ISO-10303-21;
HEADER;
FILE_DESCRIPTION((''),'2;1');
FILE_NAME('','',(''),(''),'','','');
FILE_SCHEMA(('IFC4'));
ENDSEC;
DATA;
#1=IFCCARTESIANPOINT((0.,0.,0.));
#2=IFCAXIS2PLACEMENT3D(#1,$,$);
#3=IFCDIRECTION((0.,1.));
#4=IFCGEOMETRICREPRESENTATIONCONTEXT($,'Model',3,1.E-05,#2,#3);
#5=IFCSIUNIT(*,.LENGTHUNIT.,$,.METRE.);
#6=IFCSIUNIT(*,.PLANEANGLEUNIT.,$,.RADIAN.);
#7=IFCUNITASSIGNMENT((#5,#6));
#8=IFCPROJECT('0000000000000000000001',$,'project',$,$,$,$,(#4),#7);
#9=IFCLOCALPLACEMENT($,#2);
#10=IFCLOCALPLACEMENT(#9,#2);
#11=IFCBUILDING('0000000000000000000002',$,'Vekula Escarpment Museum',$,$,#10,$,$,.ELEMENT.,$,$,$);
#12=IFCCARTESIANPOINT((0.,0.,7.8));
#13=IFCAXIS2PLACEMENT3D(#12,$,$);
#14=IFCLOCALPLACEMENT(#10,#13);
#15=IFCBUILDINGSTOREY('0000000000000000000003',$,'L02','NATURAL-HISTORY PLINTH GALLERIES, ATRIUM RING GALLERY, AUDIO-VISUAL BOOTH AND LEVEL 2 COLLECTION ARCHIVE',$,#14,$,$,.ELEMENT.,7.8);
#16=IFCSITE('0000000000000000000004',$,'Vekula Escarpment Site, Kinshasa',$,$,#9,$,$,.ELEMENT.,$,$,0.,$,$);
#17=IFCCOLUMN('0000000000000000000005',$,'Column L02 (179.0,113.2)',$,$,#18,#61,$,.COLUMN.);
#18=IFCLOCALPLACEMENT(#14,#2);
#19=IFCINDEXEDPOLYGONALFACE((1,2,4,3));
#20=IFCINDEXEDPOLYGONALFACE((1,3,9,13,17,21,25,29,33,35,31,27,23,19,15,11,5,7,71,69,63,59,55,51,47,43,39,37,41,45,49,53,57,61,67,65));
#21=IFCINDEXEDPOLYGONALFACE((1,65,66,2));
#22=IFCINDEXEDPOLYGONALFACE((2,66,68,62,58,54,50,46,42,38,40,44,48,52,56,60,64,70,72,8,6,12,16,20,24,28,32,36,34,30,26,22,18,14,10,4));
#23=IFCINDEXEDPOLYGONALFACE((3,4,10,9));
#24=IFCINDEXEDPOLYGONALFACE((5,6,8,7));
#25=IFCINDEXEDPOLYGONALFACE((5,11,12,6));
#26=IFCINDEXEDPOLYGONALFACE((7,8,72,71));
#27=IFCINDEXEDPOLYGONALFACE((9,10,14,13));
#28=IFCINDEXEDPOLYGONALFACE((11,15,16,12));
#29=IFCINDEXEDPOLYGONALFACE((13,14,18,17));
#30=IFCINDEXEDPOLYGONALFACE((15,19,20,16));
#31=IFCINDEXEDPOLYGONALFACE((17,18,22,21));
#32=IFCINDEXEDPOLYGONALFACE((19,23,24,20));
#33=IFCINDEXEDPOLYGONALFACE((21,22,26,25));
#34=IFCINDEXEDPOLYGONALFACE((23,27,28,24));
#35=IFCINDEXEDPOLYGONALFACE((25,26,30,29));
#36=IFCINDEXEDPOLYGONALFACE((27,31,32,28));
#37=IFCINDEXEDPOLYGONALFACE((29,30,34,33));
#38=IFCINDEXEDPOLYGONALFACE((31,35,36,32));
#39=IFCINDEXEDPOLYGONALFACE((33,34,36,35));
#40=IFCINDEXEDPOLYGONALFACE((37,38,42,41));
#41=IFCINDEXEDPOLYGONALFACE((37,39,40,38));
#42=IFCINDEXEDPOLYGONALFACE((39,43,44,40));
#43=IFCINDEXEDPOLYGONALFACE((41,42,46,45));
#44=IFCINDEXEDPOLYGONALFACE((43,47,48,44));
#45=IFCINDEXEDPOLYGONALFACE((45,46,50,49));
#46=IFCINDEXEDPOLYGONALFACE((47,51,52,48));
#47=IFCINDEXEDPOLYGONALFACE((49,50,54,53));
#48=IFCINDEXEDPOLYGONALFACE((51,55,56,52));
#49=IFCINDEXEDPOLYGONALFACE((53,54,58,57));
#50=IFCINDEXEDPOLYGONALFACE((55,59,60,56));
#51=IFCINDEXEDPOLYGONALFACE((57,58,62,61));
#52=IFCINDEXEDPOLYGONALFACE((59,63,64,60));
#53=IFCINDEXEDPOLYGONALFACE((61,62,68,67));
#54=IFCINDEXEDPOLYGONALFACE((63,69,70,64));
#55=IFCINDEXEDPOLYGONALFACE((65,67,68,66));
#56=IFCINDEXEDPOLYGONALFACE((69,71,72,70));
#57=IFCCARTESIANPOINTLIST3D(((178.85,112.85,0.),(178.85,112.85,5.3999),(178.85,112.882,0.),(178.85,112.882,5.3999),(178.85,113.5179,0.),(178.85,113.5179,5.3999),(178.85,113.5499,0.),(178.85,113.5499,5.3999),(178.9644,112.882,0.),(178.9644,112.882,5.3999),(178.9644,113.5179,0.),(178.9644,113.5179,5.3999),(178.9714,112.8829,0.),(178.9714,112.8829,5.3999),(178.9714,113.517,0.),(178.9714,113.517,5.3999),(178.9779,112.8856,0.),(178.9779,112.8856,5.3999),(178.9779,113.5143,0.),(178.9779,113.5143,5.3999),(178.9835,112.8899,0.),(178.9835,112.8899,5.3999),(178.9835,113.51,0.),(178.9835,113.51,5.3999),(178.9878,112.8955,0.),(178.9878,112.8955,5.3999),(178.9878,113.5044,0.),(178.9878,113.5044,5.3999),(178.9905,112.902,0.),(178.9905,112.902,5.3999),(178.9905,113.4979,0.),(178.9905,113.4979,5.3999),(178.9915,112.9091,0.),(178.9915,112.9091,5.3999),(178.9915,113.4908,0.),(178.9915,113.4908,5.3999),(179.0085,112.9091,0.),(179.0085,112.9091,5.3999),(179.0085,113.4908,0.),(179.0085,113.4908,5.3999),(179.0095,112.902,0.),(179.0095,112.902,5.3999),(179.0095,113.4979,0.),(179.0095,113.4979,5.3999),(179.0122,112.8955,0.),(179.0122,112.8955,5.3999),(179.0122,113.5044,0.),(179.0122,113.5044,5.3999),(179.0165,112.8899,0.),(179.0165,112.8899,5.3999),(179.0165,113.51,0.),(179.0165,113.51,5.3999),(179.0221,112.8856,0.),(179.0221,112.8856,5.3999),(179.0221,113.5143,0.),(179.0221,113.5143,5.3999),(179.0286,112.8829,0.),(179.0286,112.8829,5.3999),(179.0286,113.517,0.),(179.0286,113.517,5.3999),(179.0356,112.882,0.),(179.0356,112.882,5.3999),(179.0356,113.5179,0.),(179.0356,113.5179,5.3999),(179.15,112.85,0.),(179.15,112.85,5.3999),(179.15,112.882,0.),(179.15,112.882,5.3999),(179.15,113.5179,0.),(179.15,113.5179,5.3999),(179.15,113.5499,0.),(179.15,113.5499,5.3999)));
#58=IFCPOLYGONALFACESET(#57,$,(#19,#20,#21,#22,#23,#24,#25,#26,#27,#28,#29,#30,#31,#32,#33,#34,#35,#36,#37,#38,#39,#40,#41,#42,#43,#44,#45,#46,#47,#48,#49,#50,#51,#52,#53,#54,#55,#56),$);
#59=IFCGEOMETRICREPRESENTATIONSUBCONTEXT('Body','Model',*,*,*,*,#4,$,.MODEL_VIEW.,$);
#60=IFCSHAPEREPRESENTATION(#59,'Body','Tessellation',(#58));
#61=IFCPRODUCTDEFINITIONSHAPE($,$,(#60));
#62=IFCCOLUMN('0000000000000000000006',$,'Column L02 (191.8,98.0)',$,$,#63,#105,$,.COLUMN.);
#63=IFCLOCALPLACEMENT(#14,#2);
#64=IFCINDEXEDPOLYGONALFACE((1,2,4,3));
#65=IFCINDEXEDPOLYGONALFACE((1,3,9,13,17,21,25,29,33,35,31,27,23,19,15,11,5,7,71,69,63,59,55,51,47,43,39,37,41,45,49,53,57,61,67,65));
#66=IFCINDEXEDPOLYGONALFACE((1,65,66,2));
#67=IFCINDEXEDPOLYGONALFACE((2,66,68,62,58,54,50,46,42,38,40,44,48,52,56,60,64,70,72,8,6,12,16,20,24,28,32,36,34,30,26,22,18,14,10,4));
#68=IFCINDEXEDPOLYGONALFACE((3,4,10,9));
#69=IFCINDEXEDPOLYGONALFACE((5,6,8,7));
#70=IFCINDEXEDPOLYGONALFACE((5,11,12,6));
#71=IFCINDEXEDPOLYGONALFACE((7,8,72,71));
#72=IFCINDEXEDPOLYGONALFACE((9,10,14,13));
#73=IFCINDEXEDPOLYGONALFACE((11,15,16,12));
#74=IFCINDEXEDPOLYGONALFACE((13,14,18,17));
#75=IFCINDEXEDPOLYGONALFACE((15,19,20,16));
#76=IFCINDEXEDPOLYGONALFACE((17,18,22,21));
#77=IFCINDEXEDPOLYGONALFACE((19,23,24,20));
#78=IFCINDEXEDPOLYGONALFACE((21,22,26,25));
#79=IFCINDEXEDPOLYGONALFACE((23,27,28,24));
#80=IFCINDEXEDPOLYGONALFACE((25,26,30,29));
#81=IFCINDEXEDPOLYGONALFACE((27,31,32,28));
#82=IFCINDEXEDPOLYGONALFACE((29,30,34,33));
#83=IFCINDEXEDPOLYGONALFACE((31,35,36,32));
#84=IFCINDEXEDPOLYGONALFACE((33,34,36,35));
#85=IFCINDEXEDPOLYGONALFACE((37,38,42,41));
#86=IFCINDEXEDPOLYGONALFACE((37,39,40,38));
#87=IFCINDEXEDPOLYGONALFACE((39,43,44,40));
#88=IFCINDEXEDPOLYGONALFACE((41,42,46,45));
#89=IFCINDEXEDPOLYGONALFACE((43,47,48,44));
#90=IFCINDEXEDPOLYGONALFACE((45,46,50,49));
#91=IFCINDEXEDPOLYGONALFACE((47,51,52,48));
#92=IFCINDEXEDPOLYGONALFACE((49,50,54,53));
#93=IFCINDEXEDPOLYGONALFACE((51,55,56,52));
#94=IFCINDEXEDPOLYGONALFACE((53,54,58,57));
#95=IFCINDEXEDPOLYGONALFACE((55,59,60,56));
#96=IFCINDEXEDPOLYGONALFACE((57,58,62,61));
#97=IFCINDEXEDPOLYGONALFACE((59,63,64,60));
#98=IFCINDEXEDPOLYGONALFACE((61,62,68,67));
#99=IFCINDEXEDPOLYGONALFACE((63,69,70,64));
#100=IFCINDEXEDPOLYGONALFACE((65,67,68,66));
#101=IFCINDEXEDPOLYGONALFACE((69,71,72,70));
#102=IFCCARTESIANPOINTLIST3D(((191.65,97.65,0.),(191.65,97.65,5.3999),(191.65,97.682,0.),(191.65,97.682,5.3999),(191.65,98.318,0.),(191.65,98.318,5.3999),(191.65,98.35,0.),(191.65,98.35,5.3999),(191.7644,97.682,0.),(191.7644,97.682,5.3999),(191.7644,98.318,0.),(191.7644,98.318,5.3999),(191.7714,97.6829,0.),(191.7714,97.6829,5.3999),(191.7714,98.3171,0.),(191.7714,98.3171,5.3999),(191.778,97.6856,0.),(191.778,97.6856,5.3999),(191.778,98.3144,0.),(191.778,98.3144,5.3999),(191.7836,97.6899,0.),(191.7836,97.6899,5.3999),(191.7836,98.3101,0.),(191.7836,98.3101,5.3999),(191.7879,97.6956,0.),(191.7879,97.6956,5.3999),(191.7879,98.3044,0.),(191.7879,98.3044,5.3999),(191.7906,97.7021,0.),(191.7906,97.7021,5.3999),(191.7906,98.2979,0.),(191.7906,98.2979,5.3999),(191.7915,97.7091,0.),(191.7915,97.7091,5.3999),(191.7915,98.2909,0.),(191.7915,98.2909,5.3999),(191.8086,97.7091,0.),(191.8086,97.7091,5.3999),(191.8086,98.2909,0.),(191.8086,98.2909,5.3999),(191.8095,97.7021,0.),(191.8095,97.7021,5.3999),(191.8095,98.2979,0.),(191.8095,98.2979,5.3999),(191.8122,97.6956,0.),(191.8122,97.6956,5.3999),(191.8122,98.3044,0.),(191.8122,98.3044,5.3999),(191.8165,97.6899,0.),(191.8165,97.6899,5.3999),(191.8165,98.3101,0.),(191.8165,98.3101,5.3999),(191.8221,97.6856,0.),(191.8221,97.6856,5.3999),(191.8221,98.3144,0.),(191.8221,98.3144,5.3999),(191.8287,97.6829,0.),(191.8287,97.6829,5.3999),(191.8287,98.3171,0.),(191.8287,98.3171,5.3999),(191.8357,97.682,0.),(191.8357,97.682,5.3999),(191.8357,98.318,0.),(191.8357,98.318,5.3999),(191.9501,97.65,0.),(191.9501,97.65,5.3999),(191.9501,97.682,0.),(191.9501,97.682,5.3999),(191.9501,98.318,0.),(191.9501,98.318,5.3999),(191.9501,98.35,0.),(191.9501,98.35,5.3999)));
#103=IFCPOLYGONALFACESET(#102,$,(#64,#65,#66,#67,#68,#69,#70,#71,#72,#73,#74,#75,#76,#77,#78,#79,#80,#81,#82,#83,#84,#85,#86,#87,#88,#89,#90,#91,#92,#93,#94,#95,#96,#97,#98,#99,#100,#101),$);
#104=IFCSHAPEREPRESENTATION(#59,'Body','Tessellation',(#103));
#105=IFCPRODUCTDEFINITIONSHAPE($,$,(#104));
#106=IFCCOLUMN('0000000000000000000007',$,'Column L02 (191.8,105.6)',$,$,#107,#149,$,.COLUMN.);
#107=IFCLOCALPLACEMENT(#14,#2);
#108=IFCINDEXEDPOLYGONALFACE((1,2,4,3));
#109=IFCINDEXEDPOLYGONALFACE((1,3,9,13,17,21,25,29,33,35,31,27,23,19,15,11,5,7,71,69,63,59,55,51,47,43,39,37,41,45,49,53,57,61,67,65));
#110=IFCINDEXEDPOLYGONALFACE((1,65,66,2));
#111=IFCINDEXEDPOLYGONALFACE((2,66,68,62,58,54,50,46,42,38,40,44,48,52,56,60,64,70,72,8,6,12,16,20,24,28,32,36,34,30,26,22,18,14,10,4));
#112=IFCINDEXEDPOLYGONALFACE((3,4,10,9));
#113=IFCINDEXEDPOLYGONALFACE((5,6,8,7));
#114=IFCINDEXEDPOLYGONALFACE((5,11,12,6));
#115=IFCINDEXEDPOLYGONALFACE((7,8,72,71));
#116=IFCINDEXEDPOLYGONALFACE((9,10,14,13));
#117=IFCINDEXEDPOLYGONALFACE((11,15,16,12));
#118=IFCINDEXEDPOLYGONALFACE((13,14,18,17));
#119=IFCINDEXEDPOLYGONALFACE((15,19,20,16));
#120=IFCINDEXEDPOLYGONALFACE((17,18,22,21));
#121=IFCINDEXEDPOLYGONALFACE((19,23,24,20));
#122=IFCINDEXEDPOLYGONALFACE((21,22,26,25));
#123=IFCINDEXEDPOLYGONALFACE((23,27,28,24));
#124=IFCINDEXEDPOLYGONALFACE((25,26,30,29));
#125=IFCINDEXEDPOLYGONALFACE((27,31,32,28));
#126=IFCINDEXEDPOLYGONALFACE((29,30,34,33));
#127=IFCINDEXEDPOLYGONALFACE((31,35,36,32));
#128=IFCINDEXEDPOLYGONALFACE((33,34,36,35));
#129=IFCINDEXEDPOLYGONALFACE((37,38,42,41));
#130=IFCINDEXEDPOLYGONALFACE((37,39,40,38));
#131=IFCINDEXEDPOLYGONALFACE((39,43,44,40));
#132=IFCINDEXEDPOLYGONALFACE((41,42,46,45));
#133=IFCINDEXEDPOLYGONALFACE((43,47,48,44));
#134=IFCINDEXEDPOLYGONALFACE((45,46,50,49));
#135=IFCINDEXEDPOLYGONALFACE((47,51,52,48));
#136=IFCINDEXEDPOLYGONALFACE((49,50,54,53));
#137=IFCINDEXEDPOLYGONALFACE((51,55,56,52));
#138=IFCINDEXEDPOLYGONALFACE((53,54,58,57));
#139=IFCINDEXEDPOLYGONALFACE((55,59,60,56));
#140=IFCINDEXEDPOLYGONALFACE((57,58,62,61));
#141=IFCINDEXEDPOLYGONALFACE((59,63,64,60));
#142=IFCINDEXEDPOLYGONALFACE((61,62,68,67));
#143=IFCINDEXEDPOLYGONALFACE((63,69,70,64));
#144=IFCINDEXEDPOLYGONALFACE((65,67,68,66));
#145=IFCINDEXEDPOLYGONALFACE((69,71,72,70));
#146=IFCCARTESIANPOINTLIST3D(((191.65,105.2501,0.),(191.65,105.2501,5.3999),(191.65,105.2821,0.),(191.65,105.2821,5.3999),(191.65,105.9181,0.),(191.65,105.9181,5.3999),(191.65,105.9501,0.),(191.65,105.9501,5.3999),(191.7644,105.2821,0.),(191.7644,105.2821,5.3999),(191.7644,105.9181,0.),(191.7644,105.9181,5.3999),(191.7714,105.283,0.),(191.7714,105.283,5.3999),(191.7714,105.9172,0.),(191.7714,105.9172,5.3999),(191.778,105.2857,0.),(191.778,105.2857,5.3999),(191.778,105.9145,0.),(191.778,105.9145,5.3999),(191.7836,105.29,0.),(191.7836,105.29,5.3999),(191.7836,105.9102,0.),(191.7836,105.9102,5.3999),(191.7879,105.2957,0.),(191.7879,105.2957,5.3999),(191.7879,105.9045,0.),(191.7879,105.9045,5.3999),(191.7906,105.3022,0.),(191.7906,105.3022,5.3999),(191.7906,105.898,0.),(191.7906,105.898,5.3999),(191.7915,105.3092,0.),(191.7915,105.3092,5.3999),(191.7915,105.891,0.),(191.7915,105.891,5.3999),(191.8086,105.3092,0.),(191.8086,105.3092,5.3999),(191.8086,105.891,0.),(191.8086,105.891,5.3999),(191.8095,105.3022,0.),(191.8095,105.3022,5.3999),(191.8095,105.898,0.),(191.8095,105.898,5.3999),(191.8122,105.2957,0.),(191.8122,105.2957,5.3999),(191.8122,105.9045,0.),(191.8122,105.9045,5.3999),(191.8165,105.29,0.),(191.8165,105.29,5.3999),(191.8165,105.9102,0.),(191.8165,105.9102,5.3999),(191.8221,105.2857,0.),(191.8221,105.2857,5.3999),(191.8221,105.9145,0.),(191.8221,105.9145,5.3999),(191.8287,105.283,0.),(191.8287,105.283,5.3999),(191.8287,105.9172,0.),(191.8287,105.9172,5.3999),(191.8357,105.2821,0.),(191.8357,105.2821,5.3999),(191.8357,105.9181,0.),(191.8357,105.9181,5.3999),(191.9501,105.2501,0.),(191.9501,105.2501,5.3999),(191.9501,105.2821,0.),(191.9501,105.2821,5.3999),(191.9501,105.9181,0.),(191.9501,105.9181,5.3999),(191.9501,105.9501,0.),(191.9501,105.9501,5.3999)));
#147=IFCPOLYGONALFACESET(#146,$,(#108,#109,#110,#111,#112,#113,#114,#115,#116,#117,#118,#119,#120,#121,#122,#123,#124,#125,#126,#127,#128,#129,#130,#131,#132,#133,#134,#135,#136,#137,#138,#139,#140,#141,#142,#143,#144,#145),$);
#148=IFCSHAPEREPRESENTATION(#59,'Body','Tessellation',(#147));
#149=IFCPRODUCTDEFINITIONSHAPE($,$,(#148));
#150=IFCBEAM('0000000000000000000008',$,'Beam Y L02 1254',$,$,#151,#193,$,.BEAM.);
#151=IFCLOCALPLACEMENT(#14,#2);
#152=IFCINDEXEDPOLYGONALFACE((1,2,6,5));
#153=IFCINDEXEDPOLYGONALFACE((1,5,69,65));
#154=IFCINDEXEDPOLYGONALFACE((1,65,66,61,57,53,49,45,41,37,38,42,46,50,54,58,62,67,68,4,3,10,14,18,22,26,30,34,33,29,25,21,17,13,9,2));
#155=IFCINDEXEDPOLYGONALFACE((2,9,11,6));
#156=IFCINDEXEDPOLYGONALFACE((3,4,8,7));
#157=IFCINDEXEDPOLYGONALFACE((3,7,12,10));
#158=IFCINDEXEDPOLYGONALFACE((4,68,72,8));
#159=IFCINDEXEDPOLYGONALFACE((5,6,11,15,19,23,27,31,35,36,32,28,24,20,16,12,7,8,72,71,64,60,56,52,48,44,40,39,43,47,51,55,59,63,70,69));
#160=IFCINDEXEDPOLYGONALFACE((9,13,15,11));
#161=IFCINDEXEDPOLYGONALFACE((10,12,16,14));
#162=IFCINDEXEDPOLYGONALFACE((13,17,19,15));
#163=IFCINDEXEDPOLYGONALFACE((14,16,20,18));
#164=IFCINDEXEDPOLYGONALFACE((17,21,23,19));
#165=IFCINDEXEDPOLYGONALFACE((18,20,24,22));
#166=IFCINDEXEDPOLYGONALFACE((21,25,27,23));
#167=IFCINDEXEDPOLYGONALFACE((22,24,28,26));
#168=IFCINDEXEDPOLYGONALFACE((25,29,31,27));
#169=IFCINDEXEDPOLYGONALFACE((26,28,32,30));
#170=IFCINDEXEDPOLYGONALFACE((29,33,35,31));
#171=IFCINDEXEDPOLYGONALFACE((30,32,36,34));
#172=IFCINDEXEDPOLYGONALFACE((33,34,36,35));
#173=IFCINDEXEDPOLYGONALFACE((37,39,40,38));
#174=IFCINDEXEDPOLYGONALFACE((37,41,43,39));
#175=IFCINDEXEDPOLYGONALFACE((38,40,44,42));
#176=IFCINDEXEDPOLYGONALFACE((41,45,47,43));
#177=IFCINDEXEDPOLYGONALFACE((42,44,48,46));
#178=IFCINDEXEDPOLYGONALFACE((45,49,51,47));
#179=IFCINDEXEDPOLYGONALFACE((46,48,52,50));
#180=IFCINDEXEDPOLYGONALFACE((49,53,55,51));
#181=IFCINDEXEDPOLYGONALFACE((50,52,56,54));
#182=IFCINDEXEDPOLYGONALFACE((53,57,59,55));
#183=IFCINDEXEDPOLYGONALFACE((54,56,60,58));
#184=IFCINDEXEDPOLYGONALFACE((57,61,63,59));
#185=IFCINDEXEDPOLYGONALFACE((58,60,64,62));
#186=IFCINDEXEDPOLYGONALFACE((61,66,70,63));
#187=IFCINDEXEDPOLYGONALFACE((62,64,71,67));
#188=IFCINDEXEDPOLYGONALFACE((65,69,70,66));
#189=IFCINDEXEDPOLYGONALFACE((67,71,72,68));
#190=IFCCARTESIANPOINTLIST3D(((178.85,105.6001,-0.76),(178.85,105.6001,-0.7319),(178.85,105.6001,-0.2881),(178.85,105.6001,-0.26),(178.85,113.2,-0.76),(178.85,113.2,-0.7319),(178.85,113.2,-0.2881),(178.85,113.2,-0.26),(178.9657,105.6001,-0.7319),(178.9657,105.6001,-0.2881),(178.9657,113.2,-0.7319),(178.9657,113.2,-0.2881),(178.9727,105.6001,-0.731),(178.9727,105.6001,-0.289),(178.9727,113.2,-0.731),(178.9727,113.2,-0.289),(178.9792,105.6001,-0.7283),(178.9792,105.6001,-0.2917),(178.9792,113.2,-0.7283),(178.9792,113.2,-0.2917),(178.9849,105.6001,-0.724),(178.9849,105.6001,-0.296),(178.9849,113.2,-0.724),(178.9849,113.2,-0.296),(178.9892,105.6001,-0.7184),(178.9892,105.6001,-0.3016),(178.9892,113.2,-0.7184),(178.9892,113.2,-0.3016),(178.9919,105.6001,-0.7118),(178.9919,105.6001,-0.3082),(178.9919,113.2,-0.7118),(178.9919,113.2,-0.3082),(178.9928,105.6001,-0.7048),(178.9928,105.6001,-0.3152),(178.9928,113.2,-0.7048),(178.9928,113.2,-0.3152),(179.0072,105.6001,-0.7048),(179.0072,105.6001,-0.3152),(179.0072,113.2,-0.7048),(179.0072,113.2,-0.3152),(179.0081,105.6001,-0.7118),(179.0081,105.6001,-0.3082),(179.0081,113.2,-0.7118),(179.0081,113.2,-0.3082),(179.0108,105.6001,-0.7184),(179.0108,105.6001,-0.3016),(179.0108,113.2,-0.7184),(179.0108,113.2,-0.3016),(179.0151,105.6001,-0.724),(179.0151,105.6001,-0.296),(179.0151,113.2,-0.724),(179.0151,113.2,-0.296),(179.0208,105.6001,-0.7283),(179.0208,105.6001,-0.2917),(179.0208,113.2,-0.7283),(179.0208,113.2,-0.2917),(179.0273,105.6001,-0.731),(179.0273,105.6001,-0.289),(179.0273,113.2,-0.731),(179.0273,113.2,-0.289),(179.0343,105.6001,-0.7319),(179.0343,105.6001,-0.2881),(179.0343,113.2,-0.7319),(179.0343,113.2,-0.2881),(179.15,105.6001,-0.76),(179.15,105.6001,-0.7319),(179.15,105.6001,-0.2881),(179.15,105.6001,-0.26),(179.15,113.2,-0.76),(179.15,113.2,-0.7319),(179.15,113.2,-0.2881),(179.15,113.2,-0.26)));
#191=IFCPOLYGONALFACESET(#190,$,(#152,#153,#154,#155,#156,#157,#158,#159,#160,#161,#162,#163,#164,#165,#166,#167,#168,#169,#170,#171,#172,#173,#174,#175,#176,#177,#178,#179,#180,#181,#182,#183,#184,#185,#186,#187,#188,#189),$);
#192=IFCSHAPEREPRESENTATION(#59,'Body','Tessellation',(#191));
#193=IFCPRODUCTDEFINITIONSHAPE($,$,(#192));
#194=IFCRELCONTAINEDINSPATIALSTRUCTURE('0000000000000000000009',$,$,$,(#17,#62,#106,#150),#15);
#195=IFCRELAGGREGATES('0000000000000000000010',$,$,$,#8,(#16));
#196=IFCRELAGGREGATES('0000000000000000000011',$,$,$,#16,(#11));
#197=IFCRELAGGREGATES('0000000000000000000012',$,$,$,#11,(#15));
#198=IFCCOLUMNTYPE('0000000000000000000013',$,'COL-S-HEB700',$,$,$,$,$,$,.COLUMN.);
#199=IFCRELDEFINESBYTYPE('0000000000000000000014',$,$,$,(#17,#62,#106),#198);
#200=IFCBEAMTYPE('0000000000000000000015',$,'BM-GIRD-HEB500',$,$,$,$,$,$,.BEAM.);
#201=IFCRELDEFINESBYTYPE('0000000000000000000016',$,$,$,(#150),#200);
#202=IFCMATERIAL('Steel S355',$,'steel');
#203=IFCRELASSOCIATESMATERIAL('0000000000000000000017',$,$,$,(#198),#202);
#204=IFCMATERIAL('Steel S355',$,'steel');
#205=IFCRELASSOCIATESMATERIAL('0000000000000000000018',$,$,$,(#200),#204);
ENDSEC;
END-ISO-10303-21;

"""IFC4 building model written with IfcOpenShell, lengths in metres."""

from ifc_helpers import new_model, si_unit, direction, frame, origin, origin_2d, place, context, subcontext, project, spatial, i_section, extrude, material, material_profile, profile_set, type_object, element, save


model = new_model("IFC4")

# Units and contexts
model_context = context("Model", 3, precision=1e-05, world=origin(), true_north=direction((0.0, 1.0)))
body_context = subcontext(model_context, "Body", "Model", "MODEL_VIEW")
ifc_project = project(units=[si_unit("LENGTHUNIT", "METRE"), si_unit("PLANEANGLEUNIT", "RADIAN")], contexts=[model_context])

# Site, building, storey
site_placement = place(None, origin())
site = spatial("IfcSite", under=ifc_project, at=site_placement, Name="Vekula Escarpment Site, Kinshasa", CompositionType="ELEMENT", RefElevation=0.0)
building_placement = place(site_placement, origin())
building = spatial("IfcBuilding", under=site, at=building_placement, Name="Vekula Escarpment Museum", CompositionType="ELEMENT")
storey_placement = place(building_placement, frame((0.0, 0.0, 7.8)))
storey = spatial("IfcBuildingStorey", under=building, at=storey_placement, Name="L02", Description="NATURAL-HISTORY PLINTH GALLERIES, ATRIUM RING GALLERY, AUDIO-VISUAL BOOTH AND LEVEL 2 COLLECTION ARCHIVE", CompositionType="ELEMENT", Elevation=7.8)

# Columns
ifc_material_1 = material(Name="Steel S355", Category="steel")
ifc_material_profile_1 = material_profile(ifc_material_1, i_section(OverallWidth=0.3, OverallDepth=0.7, WebThickness=0.0171, FlangeThickness=0.032, FilletRadius=0.0271, at=origin_2d()), Name="HEB 700")
ifc_profile_set_1 = profile_set([ifc_material_profile_1], Name="Steel S355")
column_type = type_object("IfcColumnType", Name="COL-S-HEB700", PredefinedType="COLUMN", material=ifc_profile_set_1)
for number, where, z_axis, x_axis, name in (
    (1, (179.0, 113.2, 0.0), (0.0, 0.0, 1.0), (1.0, 0.0, 0.0), "Column L02 (179.0,113.2)"),
    (2, (191.8, 98.0, 0.0), (0.0, 0.0, 1.0), (1.0, 0.0, 0.0), "Column L02 (191.8,98.0)"),
    (3, (191.8, 105.6001, 0.0), (0.0, 0.0, 1.0), (1.0, 0.0, 0.0), "Column L02 (191.8,105.6)"),
):
    element("IfcColumn", number, at=place(storey_placement, frame(where, z_axis=z_axis, x_axis=x_axis)), inside=storey, type_object=column_type, Name=name, PredefinedType="COLUMN", context=body_context, shape_type="SweptSolid", body=[
        extrude(i_section(OverallWidth=0.3, OverallDepth=0.7, WebThickness=0.0171, FlangeThickness=0.032, FilletRadius=0.0271, at=origin_2d()), origin(), (0.0, 0.0, 1.0), 5.3999),
    ])

# Beam
ifc_material_2 = material(Name="Steel S355", Category="steel")
ifc_material_profile_2 = material_profile(ifc_material_2, i_section(OverallWidth=0.3, OverallDepth=0.5, WebThickness=0.0144, FlangeThickness=0.0281, FilletRadius=0.0271, at=origin_2d()), Name="HEB 500")
ifc_profile_set_2 = profile_set([ifc_material_profile_2], Name="Steel S355")
beam_type_1 = type_object("IfcBeamType", Name="BM-GIRD-HEB500", PredefinedType="BEAM", material=ifc_profile_set_2)
beam_1_placement = place(storey_placement, frame((179.0, 105.6001, -0.51), z_axis=(0.0, 1.0, 0.0), x_axis=(-1.0, 0.0, 0.0)))
element("IfcBeam", 4, at=beam_1_placement, inside=storey, type_object=beam_type_1, Name="Beam Y L02 1254", PredefinedType="BEAM", context=body_context, shape_type="SweptSolid", body=[
    extrude(i_section(OverallWidth=0.3, OverallDepth=0.5, WebThickness=0.0144, FlangeThickness=0.0281, FilletRadius=0.0271, at=origin_2d()), origin(), (0.0, 0.0, 1.0), 7.5999),
])

save(model, "model.ifc")
